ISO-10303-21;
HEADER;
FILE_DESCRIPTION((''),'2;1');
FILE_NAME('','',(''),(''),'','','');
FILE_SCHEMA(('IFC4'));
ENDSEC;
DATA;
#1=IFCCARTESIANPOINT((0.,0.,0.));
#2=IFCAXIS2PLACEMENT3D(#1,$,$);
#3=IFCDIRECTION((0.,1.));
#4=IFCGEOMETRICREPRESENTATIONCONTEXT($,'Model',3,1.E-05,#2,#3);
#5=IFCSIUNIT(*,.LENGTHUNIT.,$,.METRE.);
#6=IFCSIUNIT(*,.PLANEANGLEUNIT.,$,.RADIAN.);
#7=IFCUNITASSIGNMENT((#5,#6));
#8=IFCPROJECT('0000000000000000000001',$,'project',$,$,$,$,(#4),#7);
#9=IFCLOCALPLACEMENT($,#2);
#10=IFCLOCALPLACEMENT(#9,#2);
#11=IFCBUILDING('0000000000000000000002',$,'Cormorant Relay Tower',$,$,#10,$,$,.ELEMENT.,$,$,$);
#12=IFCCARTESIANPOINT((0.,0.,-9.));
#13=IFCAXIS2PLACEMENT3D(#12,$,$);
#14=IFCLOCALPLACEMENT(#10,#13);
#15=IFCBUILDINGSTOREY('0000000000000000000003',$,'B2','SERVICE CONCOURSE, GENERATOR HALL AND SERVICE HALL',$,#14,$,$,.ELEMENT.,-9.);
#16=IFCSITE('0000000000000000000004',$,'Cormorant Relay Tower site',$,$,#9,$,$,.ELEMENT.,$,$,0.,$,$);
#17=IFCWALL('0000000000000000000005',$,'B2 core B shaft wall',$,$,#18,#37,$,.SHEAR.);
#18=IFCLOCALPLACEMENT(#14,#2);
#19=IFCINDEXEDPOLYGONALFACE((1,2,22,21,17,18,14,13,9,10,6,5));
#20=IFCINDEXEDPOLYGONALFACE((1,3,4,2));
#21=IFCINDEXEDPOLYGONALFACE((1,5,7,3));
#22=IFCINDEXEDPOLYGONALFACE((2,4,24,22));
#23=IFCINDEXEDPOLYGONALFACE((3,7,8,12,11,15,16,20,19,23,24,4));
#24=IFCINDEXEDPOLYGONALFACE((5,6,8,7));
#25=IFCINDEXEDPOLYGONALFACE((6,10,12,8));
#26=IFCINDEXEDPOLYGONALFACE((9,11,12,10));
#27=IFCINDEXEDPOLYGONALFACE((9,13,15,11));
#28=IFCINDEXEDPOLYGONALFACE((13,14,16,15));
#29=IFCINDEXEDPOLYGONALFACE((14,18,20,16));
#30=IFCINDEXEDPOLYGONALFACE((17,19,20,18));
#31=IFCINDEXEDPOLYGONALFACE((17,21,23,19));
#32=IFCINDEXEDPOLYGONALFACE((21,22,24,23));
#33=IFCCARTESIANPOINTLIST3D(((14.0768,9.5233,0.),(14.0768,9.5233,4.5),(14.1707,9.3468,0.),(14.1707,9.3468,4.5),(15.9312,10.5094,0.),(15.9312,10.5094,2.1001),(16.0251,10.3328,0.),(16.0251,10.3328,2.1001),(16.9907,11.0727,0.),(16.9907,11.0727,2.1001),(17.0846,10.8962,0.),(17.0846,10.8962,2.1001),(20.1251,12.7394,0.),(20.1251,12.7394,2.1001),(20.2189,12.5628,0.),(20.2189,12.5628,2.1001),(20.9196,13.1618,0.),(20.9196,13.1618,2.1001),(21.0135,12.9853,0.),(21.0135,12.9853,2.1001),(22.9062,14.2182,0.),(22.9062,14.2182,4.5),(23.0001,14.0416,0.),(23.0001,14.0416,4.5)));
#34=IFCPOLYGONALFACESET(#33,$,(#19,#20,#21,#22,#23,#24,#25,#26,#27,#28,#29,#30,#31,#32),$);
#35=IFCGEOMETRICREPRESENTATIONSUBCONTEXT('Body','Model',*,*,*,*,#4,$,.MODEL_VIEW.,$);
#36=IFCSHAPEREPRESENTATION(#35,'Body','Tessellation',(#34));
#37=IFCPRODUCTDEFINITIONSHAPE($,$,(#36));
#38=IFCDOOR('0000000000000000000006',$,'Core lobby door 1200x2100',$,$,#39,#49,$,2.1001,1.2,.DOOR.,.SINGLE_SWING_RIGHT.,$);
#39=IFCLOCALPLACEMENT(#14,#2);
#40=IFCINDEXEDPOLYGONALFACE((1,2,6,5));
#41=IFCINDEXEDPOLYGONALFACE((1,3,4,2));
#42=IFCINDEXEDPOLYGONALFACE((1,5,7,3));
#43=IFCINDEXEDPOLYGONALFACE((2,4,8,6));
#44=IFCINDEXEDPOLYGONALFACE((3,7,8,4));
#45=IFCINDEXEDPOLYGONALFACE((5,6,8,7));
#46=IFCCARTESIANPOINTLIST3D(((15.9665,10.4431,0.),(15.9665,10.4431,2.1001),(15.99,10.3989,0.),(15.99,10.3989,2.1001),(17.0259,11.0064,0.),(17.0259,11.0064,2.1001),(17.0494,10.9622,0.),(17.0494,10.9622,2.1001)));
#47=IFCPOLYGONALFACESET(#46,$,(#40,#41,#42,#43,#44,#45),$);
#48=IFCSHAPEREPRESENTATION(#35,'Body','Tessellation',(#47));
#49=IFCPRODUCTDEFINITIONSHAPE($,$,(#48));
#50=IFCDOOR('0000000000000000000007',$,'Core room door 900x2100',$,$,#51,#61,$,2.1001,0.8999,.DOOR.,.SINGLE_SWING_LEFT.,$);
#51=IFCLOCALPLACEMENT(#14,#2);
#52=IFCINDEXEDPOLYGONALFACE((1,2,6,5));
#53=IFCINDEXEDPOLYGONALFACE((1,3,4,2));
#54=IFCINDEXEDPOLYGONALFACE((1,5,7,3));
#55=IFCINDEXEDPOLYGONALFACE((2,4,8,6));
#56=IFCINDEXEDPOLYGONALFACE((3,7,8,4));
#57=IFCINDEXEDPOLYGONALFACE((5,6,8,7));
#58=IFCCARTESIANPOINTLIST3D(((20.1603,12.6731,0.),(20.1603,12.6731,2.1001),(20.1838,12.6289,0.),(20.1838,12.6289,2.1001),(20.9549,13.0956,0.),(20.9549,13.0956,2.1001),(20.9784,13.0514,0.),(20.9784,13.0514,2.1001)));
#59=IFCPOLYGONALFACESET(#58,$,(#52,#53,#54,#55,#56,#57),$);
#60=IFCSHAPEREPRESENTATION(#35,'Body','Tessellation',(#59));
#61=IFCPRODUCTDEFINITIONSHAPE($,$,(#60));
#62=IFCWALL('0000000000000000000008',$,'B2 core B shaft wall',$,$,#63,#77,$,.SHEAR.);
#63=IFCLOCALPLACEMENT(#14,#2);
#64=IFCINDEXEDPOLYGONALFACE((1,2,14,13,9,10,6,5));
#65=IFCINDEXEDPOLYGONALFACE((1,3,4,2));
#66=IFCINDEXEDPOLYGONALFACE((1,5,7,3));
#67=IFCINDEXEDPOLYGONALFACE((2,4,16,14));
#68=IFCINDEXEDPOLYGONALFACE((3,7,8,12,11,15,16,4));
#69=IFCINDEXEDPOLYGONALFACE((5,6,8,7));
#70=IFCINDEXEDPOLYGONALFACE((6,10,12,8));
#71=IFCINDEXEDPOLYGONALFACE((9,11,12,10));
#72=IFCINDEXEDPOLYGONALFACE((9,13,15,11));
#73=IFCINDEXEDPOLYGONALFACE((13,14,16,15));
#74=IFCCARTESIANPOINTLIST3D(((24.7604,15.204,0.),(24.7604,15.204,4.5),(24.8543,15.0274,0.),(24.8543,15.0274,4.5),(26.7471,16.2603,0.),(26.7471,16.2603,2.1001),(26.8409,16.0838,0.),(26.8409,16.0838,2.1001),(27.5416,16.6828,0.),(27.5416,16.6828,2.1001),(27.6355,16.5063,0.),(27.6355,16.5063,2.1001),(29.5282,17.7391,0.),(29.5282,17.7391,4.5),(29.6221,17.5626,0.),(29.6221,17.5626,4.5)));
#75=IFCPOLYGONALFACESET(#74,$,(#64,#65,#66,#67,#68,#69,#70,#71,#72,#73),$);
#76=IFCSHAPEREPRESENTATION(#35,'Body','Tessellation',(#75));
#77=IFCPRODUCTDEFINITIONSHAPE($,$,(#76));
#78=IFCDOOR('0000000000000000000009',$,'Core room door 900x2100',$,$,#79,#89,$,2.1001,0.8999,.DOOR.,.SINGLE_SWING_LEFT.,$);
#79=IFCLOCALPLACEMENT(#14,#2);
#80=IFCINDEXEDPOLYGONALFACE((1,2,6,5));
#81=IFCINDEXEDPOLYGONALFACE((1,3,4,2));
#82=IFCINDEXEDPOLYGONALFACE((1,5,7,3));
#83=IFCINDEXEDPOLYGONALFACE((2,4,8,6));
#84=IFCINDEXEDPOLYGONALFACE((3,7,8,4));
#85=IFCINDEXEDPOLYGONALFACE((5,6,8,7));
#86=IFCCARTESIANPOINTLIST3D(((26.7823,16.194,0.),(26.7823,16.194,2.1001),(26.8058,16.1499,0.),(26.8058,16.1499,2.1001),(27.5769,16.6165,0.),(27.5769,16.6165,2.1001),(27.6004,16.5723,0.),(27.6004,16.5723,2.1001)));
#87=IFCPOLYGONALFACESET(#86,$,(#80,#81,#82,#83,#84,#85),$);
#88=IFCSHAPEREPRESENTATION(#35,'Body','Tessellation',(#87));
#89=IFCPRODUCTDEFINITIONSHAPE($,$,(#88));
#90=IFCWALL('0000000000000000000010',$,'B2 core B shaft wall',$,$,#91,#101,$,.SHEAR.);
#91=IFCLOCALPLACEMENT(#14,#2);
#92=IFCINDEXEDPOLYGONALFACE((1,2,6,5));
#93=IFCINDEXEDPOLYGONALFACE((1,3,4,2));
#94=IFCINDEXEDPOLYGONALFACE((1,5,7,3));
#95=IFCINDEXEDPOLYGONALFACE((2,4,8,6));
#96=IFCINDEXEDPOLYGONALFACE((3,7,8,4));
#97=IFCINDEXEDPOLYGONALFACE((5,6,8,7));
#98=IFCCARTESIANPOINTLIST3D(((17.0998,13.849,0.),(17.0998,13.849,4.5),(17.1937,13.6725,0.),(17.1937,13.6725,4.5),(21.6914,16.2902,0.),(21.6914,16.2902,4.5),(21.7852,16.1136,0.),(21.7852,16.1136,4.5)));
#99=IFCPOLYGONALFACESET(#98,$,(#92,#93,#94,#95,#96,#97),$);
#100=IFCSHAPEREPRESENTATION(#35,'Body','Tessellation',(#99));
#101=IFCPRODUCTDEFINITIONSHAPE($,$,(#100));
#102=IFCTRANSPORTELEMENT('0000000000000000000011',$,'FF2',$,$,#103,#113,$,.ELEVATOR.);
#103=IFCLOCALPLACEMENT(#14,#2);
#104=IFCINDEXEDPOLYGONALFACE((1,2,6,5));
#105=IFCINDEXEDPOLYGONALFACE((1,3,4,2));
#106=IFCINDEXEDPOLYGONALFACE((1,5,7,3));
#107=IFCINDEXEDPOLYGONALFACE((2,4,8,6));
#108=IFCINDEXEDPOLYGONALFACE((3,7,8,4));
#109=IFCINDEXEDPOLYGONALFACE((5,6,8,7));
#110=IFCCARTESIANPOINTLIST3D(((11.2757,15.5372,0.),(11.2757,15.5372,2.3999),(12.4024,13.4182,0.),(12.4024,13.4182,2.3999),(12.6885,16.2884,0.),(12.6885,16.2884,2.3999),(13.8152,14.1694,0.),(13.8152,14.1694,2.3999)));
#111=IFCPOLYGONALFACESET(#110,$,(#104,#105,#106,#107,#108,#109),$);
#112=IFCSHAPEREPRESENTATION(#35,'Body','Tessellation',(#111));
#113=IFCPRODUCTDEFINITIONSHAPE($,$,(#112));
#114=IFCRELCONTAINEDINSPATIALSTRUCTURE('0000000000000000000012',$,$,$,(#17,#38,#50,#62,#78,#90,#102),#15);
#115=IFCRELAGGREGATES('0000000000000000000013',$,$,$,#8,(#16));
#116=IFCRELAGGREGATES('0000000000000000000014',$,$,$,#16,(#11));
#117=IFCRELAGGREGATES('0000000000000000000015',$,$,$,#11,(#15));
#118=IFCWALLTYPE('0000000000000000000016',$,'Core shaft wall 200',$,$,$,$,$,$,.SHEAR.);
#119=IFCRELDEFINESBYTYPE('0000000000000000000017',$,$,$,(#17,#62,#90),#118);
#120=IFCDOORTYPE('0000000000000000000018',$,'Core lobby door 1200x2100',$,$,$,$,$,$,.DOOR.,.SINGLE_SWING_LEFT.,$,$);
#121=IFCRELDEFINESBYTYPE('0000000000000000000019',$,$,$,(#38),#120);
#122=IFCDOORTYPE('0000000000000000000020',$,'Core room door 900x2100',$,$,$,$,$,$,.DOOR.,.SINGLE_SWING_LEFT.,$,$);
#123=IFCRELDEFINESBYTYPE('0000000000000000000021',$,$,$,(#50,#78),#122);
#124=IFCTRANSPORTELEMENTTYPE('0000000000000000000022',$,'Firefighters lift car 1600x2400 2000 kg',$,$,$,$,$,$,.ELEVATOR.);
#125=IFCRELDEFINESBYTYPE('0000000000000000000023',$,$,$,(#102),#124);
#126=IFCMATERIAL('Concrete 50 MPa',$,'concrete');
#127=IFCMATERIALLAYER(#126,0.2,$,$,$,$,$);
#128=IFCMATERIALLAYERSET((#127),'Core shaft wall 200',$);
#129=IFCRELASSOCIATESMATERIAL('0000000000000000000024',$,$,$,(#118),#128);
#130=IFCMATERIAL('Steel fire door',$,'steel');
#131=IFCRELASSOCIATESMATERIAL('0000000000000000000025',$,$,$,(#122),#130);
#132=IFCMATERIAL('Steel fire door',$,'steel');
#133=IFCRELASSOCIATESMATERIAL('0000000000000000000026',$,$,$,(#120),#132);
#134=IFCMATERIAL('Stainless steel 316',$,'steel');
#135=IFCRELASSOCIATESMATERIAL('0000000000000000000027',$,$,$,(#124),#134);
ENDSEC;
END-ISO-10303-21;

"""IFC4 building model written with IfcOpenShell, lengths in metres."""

from ifc_helpers import new_model, si_unit, direction, frame, frame_2d, origin, origin_2d, place, context, subcontext, project, spatial, rectangle, extrude, material, layer, layer_set, type_object, element, fill, save


model = new_model("IFC4")

# Units and contexts
model_context = context("Model", 3, precision=1e-05, world=origin(), true_north=direction((0.0, 1.0)))
body_context = subcontext(model_context, "Body", "Model", "MODEL_VIEW")
ifc_project = project(units=[si_unit("LENGTHUNIT", "METRE"), si_unit("PLANEANGLEUNIT", "RADIAN")], contexts=[model_context])

# Site, building, storey
site_placement = place(None, origin())
site = spatial("IfcSite", under=ifc_project, at=site_placement, Name="Cormorant Relay Tower site", CompositionType="ELEMENT", RefElevation=0.0)
building_placement = place(site_placement, origin())
building = spatial("IfcBuilding", under=site, at=building_placement, Name="Cormorant Relay Tower", CompositionType="ELEMENT")
storey_placement = place(building_placement, frame((0.0, 0.0, -9.0)))
storey = spatial("IfcBuildingStorey", under=building, at=storey_placement, Name="B2", Description="SERVICE CONCOURSE, GENERATOR HALL AND SERVICE HALL", CompositionType="ELEMENT", Elevation=-9.0)

# Shared definitions
ifc_material_1 = material(Name="Concrete 50 MPa", Category="concrete")
ifc_layer_1 = layer(ifc_material_1, 0.2)
ifc_layer_set_1 = layer_set([ifc_layer_1], Name="Core shaft wall 200")
wall_type_1 = type_object("IfcWallType", Name="Core shaft wall 200", PredefinedType="SHEAR", material=ifc_layer_set_1)

# Shared definitions
ifc_material_2 = material(Name="Steel fire door", Category="steel")
door_type_1 = type_object("IfcDoorType", Name="Core room door 900x2100", OperationType="SINGLE_SWING_LEFT", PredefinedType="DOOR", material=ifc_material_2)

# Wall, openings, doors
ifc_material_3 = material(Name="Steel fire door", Category="steel")
door_type_2 = type_object("IfcDoorType", Name="Core lobby door 1200x2100", OperationType="SINGLE_SWING_LEFT", PredefinedType="DOOR", material=ifc_material_3)
wall_1_placement = place(storey_placement, frame((14.1238, 9.4351, 0.0), z_axis=(0.0, 0.0, 1.0), x_axis=(0.88294, 0.469485, 0.0)))
wall_1 = element("IfcWall", 1, at=wall_1_placement, inside=storey, type_object=wall_type_1, Name="B2 core B shaft wall", PredefinedType="SHEAR", context=body_context, shape_type="SweptSolid", body=[
    extrude(rectangle(XDim=10.0, YDim=0.2, at=frame_2d((5.0, 0.0))), origin(), (0.0, 0.0, 1.0), 4.5),
])
opening_1_placement = place(wall_1_placement, frame((2.1001, 0.0, 0.0)))
opening_1 = element("IfcOpeningElement", 2, at=opening_1_placement, cuts=wall_1, PredefinedType="OPENING", context=body_context, shape_type="SweptSolid", body=[
    extrude(rectangle(XDim=1.2, YDim=2.1001, at=frame_2d((0.6001, 1.05))), frame((0.0, 0.1099, 0.0), z_axis=(0.0, -1.0, 0.0), x_axis=(1.0, 0.0, 0.0)), (0.0, 0.0, 1.0), 0.22),
])
opening_2_placement = place(wall_1_placement, frame((6.8501, 0.0, 0.0)))
opening_2 = element("IfcOpeningElement", 3, at=opening_2_placement, cuts=wall_1, PredefinedType="OPENING", context=body_context, shape_type="SweptSolid", body=[
    extrude(rectangle(XDim=0.8999, YDim=2.1001, at=frame_2d((0.45, 1.05))), frame((0.0, 0.1099, 0.0), z_axis=(0.0, -1.0, 0.0), x_axis=(1.0, 0.0, 0.0)), (0.0, 0.0, 1.0), 0.22),
])
door_1_placement = place(opening_1_placement, origin())
door_1 = element("IfcDoor", 4, at=door_1_placement, inside=storey, type_object=door_type_2, Name="Core lobby door 1200x2100", OperationType="SINGLE_SWING_RIGHT", OverallHeight=2.1001, OverallWidth=1.2, PredefinedType="DOOR", context=body_context, shape_type="SweptSolid", body=[
    extrude(rectangle(XDim=1.2, YDim=2.1001, at=frame_2d((0.6001, 1.05))), frame((0.0, 0.0249, 0.0), z_axis=(0.0, -1.0, 0.0), x_axis=(1.0, 0.0, 0.0)), (0.0, 0.0, 1.0), 0.05),
])
fill(opening_1, door_1)
door_2_placement = place(opening_2_placement, origin())
door_2 = element("IfcDoor", 5, at=door_2_placement, inside=storey, type_object=door_type_1, Name="Core room door 900x2100", OperationType="SINGLE_SWING_LEFT", OverallHeight=2.1001, OverallWidth=0.8999, PredefinedType="DOOR", context=body_context, shape_type="SweptSolid", body=[
    extrude(rectangle(XDim=0.8999, YDim=2.1001, at=frame_2d((0.45, 1.05))), frame((0.0, 0.0249, 0.0), z_axis=(0.0, -1.0, 0.0), x_axis=(1.0, 0.0, 0.0)), (0.0, 0.0, 1.0), 0.05),
])
fill(opening_2, door_2)

# Wall, opening, door
wall_2_placement = place(storey_placement, frame((24.8074, 15.1157, 0.0), z_axis=(0.0, 0.0, 1.0), x_axis=(0.882943, 0.46948, 0.0)))
wall_2 = element("IfcWall", 6, at=wall_2_placement, inside=storey, type_object=wall_type_1, Name="B2 core B shaft wall", PredefinedType="SHEAR", context=body_context, shape_type="SweptSolid", body=[
    extrude(rectangle(XDim=5.3999, YDim=0.2, at=frame_2d((2.7, 0.0))), origin(), (0.0, 0.0, 1.0), 4.5),
])
opening_3_placement = place(wall_2_placement, frame((2.25, 0.0, 0.0)))
opening_3 = element("IfcOpeningElement", 7, at=opening_3_placement, cuts=wall_2, PredefinedType="OPENING", context=body_context, shape_type="SweptSolid", body=[
    extrude(rectangle(XDim=0.8999, YDim=2.1001, at=frame_2d((0.45, 1.05))), frame((0.0, 0.1099, 0.0), z_axis=(0.0, -1.0, 0.0), x_axis=(1.0, 0.0, 0.0)), (0.0, 0.0, 1.0), 0.22),
])
door_3_placement = place(opening_3_placement, origin())
door_3 = element("IfcDoor", 8, at=door_3_placement, inside=storey, type_object=door_type_1, Name="Core room door 900x2100", OperationType="SINGLE_SWING_LEFT", OverallHeight=2.1001, OverallWidth=0.8999, PredefinedType="DOOR", context=body_context, shape_type="SweptSolid", body=[
    extrude(rectangle(XDim=0.8999, YDim=2.1001, at=frame_2d((0.45, 1.05))), frame((0.0, 0.0249, 0.0), z_axis=(0.0, -1.0, 0.0), x_axis=(1.0, 0.0, 0.0)), (0.0, 0.0, 1.0), 0.05),
])
fill(opening_3, door_3)

# Wall
wall_3_placement = place(storey_placement, frame((17.1467, 13.7607, 0.0), z_axis=(0.0, 0.0, 1.0), x_axis=(0.882964, 0.46944, 0.0)))
element("IfcWall", 9, at=wall_3_placement, inside=storey, type_object=wall_type_1, Name="B2 core B shaft wall", PredefinedType="SHEAR", context=body_context, shape_type="SweptSolid", body=[
    extrude(rectangle(XDim=5.2002, YDim=0.2, at=frame_2d((2.6001, 0.0))), origin(), (0.0, 0.0, 1.0), 4.5),
])

# Transport element
ifc_material_4 = material(Name="Stainless steel 316", Category="steel")
transport_element_type = type_object("IfcTransportElementType", Name="Firefighters lift car 1600x2400 2000 kg", PredefinedType="ELEVATOR", material=ifc_material_4)
transport_element_placement = place(storey_placement, frame((12.5454, 14.8533, 0.0), z_axis=(0.0, 0.0, 1.0), x_axis=(0.882948, 0.469472, 0.0)))
element("IfcTransportElement", 10, at=transport_element_placement, inside=storey, type_object=transport_element_type, Name="FF2", PredefinedType="ELEVATOR", context=body_context, shape_type="SweptSolid", body=[
    extrude(rectangle(XDim=1.6001, YDim=2.3999, at=origin_2d()), origin(), (0.0, 0.0, 1.0), 2.3999),
])

save(model, "model.ifc")
